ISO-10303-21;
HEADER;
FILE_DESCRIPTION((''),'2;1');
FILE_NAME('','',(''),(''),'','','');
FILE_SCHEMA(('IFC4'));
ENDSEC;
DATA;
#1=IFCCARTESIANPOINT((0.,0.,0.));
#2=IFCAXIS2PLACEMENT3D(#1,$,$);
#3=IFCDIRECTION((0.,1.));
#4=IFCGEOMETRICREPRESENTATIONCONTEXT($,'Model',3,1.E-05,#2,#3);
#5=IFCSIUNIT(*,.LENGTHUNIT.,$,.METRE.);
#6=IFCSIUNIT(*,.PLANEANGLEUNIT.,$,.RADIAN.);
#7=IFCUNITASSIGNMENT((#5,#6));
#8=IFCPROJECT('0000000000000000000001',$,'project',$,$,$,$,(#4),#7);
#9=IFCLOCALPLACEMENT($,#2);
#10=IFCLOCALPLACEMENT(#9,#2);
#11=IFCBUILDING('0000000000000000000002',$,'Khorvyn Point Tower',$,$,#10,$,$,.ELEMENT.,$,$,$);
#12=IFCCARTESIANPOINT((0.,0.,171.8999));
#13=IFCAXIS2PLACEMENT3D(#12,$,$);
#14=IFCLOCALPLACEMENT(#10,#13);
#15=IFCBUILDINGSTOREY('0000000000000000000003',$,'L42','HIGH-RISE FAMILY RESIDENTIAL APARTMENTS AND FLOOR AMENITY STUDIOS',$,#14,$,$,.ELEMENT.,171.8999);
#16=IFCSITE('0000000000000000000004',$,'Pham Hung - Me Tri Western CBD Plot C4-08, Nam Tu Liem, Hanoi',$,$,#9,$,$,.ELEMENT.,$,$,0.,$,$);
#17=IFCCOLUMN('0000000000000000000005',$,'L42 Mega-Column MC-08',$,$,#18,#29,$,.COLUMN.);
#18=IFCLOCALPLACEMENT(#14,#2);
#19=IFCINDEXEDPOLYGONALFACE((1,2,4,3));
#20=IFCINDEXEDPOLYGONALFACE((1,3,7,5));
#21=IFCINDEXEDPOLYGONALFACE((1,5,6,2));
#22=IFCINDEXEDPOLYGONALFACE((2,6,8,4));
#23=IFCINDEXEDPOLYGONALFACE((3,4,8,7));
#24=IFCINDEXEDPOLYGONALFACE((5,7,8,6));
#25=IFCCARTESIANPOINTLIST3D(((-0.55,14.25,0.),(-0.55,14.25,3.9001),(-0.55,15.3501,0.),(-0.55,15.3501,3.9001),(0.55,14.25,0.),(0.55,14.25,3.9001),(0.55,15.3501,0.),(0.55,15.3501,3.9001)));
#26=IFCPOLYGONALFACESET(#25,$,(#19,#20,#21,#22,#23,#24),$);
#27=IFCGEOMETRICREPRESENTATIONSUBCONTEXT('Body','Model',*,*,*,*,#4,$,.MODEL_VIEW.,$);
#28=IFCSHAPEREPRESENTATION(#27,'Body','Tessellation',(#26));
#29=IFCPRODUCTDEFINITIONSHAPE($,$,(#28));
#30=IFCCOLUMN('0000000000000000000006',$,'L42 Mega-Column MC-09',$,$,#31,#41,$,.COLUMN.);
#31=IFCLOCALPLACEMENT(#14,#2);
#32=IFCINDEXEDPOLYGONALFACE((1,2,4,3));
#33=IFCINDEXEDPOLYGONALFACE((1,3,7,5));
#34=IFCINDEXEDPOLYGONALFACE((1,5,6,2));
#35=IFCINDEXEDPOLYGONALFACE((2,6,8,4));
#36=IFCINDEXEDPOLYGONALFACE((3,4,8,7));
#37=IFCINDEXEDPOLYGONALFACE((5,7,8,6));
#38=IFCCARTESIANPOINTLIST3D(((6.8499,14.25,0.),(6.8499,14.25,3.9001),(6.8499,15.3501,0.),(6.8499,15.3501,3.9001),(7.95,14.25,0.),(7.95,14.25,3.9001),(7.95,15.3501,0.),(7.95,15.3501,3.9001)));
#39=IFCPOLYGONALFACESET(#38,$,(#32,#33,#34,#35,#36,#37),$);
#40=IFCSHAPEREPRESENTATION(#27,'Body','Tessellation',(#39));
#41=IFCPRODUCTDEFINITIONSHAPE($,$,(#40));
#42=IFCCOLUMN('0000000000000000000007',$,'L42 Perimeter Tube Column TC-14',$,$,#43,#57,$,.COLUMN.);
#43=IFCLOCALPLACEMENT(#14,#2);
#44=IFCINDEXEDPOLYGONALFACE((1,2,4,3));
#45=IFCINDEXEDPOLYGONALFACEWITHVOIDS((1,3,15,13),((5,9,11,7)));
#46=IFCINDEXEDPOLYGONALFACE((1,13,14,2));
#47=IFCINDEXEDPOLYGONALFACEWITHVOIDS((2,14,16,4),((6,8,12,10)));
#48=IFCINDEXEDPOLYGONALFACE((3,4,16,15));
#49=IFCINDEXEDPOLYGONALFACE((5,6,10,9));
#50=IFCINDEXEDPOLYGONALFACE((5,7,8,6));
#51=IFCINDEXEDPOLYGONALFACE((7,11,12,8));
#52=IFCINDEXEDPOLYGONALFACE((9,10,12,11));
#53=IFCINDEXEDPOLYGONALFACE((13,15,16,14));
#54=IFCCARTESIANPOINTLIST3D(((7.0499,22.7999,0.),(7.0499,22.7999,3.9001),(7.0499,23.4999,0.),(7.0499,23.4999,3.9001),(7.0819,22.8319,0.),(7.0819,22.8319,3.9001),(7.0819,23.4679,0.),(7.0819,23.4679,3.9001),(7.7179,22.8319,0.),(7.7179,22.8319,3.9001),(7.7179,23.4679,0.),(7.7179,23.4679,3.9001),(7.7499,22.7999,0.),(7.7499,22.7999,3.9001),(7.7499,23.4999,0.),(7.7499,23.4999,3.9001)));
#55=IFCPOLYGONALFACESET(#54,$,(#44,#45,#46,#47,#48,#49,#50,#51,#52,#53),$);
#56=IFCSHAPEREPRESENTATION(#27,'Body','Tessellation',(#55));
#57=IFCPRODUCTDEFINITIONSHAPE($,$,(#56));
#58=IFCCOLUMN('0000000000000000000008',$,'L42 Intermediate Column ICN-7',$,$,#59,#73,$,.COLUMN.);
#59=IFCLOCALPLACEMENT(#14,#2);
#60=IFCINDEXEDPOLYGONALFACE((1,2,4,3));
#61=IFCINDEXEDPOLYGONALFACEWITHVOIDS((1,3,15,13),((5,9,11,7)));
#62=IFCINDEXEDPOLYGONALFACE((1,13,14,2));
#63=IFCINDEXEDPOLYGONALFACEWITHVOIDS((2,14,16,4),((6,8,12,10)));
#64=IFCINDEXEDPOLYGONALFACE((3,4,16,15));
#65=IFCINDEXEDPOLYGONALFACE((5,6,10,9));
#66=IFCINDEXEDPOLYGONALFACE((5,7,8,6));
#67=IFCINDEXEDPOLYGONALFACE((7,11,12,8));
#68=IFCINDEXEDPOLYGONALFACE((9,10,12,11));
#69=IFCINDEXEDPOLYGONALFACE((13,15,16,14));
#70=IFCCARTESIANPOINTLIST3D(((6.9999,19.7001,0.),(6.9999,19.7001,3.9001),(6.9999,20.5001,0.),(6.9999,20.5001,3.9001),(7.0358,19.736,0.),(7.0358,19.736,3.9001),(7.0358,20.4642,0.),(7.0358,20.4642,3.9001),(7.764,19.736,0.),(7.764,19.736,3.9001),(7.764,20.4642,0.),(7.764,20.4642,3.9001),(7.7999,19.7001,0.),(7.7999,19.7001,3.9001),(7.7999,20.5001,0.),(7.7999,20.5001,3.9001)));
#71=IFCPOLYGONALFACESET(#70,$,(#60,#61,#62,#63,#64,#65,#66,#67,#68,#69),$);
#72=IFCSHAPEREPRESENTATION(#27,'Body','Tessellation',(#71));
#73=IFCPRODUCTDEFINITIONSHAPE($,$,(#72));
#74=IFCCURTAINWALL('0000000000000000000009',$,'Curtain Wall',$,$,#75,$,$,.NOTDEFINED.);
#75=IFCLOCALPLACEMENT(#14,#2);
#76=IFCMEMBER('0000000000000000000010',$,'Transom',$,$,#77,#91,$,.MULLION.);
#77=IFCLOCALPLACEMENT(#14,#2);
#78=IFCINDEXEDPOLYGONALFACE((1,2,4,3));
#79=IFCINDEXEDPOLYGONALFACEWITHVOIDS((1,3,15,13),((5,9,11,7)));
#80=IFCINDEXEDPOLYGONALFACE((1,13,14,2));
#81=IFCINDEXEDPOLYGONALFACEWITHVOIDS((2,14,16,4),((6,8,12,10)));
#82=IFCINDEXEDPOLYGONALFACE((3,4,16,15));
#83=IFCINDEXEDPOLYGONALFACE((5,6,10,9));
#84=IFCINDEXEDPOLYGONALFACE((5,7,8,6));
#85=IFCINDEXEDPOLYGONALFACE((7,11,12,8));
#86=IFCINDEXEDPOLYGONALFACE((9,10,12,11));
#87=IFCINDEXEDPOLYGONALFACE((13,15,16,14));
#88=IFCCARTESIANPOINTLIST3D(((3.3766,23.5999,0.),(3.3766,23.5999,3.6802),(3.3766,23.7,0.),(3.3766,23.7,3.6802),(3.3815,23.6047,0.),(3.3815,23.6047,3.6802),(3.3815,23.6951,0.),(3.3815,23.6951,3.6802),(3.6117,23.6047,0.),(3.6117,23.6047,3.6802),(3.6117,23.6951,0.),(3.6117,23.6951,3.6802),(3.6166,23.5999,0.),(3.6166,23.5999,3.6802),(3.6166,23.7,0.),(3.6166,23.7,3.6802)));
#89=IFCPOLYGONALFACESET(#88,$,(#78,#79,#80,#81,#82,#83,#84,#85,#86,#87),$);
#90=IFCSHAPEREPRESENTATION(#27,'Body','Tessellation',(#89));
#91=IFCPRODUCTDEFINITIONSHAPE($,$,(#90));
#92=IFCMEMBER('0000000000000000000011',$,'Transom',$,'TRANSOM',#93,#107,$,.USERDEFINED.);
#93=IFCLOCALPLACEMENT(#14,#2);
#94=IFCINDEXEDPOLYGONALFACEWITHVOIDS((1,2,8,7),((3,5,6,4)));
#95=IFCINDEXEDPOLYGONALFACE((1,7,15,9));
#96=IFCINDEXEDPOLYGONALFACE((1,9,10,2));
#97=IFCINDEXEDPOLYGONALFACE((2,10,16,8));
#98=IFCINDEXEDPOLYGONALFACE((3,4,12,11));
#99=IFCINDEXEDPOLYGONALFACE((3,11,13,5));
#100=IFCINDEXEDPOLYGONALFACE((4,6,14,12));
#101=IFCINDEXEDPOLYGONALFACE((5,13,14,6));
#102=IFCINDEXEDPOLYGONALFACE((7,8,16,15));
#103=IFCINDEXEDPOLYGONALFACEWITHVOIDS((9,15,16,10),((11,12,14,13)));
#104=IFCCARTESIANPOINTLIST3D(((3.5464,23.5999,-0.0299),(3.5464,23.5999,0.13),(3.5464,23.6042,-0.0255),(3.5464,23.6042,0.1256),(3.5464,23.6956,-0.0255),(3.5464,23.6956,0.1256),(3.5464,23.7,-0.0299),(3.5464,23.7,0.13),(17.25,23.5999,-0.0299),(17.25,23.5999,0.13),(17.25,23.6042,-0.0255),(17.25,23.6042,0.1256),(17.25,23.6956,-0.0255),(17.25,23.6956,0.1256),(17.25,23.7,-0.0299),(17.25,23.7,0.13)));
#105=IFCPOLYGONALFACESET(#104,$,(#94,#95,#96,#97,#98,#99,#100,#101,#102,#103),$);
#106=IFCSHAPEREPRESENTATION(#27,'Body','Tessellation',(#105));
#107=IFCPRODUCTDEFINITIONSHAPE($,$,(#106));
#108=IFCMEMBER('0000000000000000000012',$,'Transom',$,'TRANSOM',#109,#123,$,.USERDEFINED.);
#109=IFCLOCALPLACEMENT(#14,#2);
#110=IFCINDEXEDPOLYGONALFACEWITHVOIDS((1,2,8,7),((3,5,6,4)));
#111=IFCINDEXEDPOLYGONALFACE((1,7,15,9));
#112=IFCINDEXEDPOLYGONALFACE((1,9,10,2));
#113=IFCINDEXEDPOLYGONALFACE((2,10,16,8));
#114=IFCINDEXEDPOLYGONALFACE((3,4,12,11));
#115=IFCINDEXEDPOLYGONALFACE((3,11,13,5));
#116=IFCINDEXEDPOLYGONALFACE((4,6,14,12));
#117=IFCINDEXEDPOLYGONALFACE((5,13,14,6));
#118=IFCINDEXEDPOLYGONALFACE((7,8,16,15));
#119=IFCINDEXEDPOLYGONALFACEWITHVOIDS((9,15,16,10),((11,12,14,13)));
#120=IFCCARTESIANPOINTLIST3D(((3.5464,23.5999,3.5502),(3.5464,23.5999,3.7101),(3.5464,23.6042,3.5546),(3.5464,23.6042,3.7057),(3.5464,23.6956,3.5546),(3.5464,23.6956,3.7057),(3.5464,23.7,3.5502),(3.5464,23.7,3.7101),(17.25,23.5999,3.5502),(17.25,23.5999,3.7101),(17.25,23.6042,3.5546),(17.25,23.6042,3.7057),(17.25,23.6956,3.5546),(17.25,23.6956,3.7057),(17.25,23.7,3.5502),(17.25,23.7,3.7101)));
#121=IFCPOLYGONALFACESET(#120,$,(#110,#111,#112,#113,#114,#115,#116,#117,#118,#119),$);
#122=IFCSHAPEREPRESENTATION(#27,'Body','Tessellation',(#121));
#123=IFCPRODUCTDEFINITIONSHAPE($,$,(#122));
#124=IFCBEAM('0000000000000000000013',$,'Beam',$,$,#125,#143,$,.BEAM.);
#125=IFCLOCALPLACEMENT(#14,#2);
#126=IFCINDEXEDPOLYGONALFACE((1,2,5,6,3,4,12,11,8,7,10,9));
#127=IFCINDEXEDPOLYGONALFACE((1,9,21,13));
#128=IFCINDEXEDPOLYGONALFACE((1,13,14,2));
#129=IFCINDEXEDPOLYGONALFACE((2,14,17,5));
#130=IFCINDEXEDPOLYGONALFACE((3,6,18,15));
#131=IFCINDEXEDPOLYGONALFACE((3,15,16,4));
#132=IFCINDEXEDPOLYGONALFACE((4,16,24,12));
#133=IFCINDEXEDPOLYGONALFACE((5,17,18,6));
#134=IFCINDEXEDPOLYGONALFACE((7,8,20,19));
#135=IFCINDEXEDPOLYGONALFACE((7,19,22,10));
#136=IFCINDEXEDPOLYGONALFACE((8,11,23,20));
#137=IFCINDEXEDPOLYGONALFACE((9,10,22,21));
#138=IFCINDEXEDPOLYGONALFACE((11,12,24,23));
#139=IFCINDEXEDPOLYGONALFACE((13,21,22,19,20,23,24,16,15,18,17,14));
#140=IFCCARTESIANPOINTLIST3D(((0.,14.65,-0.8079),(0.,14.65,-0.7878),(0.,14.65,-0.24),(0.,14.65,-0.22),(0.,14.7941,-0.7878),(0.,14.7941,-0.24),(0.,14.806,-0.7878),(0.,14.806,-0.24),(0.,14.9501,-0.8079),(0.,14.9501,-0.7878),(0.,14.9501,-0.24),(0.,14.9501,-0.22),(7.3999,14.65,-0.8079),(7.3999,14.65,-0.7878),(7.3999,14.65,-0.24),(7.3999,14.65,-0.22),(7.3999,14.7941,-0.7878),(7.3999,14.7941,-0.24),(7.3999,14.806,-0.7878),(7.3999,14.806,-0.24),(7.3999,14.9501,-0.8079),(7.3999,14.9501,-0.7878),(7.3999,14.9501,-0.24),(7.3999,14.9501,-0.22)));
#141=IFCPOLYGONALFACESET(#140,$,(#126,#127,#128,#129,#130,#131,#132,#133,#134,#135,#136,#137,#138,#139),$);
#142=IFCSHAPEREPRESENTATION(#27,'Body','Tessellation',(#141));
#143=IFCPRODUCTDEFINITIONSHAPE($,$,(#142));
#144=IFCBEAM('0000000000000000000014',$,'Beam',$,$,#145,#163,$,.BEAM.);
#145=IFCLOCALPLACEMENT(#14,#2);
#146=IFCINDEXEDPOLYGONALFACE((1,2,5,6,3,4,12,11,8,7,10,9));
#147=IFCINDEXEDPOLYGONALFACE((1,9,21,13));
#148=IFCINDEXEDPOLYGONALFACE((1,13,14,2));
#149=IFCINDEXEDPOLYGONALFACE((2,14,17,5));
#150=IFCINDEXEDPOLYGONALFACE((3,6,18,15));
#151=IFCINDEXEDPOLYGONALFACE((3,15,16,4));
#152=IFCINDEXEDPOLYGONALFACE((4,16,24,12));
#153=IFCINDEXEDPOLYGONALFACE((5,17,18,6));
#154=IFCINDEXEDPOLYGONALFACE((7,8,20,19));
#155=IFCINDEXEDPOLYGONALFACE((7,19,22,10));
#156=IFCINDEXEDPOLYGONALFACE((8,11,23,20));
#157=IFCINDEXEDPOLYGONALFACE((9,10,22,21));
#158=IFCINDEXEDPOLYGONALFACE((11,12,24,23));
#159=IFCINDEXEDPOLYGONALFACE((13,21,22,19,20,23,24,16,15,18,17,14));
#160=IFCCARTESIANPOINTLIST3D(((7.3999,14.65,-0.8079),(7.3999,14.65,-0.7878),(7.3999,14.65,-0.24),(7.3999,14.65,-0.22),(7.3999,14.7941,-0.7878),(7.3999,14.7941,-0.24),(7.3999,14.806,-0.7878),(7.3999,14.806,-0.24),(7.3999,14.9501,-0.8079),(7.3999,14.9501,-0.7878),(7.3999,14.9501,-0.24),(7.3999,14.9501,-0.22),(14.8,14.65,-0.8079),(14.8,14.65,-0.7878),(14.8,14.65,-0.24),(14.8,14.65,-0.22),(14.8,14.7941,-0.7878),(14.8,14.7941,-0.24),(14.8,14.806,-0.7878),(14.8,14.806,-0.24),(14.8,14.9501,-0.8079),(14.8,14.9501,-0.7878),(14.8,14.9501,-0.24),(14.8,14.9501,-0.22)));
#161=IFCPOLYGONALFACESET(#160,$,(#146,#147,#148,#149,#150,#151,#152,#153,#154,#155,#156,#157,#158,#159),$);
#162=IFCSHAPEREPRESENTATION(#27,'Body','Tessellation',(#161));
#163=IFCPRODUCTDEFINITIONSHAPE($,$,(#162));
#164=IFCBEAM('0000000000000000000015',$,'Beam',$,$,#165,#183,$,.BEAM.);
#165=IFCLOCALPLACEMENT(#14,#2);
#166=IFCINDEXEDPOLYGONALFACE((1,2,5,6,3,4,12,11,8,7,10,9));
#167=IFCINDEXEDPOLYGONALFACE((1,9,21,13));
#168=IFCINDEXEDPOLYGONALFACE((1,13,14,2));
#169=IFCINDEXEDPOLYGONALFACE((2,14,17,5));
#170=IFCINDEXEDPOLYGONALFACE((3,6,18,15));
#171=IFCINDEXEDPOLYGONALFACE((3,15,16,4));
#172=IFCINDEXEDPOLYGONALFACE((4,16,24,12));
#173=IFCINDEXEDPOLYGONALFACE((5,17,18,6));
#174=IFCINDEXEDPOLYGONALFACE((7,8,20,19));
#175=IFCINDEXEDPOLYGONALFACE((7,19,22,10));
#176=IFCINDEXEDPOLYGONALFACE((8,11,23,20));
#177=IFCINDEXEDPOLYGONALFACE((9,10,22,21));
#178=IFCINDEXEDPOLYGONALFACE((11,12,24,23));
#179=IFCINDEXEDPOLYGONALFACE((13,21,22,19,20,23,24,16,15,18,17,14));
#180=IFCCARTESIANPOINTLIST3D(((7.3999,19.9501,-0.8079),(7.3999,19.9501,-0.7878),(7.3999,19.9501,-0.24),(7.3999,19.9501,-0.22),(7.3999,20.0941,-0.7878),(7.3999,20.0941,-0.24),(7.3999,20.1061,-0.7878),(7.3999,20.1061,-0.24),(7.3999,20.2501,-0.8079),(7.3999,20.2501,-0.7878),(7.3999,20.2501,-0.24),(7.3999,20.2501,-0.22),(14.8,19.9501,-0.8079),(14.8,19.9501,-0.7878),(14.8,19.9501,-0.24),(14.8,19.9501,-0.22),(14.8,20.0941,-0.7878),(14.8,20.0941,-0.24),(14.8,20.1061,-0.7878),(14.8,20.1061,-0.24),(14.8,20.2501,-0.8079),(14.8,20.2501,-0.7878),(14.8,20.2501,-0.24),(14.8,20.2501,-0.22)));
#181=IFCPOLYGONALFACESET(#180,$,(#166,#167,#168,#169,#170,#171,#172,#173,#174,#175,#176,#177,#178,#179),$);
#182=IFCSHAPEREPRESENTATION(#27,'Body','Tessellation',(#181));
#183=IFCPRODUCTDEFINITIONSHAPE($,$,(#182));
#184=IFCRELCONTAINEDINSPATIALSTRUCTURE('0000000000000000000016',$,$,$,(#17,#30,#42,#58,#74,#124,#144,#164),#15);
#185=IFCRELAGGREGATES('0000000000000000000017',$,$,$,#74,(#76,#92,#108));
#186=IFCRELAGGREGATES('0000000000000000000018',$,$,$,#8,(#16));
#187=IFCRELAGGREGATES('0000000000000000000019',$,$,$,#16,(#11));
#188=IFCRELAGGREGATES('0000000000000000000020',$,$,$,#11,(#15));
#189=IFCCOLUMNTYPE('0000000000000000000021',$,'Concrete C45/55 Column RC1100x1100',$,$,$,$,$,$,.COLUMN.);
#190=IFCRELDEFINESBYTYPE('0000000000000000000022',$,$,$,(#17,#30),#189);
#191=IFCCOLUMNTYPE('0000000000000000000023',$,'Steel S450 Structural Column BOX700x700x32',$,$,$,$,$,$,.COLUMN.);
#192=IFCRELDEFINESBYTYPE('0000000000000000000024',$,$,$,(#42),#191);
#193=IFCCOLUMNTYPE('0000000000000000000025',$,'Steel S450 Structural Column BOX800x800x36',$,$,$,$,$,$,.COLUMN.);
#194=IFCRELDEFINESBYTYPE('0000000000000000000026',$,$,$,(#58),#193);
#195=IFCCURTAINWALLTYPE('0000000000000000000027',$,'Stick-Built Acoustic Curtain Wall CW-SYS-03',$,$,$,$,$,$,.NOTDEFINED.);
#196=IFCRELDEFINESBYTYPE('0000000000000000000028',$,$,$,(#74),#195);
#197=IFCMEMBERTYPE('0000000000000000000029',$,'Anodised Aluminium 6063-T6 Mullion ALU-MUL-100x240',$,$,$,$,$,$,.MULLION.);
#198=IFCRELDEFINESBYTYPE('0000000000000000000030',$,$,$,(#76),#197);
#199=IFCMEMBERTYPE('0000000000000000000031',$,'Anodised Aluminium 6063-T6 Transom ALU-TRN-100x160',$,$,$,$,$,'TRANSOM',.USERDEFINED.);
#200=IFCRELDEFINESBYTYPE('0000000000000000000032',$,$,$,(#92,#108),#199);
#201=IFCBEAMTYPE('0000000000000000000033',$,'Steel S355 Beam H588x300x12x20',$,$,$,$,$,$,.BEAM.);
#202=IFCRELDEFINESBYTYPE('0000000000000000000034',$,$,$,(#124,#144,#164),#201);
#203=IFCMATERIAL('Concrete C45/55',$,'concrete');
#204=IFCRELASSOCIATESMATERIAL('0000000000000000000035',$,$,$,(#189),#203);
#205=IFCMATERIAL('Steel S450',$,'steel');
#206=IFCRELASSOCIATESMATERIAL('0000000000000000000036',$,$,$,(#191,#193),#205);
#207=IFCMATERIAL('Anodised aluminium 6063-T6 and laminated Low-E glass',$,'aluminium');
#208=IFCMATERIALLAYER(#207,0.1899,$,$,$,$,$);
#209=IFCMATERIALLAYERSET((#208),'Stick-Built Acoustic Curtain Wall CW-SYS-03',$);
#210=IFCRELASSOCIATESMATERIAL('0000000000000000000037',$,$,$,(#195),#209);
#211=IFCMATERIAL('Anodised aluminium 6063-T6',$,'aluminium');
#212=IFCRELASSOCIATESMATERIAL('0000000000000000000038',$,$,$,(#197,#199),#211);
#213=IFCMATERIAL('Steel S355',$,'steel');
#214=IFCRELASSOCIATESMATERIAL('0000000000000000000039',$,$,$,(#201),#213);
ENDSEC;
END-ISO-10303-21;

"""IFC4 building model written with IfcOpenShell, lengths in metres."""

from ifc_helpers import new_model, si_unit, direction, frame, origin, origin_2d, place, context, subcontext, project, spatial, rectangle, hollow_rectangle, i_section, extrude, material, layer, layer_set, material_profile, profile_set, type_object, element, aggregate, save


model = new_model("IFC4")

# Units and contexts
model_context = context("Model", 3, precision=1e-05, world=origin(), true_north=direction((0.0, 1.0)))
body_context = subcontext(model_context, "Body", "Model", "MODEL_VIEW")
ifc_project = project(units=[si_unit("LENGTHUNIT", "METRE"), si_unit("PLANEANGLEUNIT", "RADIAN")], contexts=[model_context])

# Site, building, storey
site_placement = place(None, origin())
site = spatial("IfcSite", under=ifc_project, at=site_placement, Name="Pham Hung - Me Tri Western CBD Plot C4-08, Nam Tu Liem, Hanoi", CompositionType="ELEMENT", RefElevation=0.0)
building_placement = place(site_placement, origin())
building = spatial("IfcBuilding", under=site, at=building_placement, Name="Khorvyn Point Tower", CompositionType="ELEMENT")
storey_placement = place(building_placement, frame((0.0, 0.0, 171.8999)))
storey = spatial("IfcBuildingStorey", under=building, at=storey_placement, Name="L42", Description="HIGH-RISE FAMILY RESIDENTIAL APARTMENTS AND FLOOR AMENITY STUDIOS", CompositionType="ELEMENT", Elevation=171.8999)

# Columns
ifc_material_1 = material(Name="Concrete C45/55", Category="concrete")
ifc_material_profile_1 = material_profile(ifc_material_1, rectangle(XDim=1.1001, YDim=1.1001, at=origin_2d()))
ifc_profile_set_1 = profile_set([ifc_material_profile_1], Name="Concrete C45/55 RC1100x1100")
column_type_1 = type_object("IfcColumnType", Name="Concrete C45/55 Column RC1100x1100", PredefinedType="COLUMN", material=ifc_profile_set_1)
for number, where, z_axis, x_axis, name in (
    (1, (0.0, 14.8, 0.0), (0.0, 0.0, 1.0), (1.0, 0.0, 0.0), "L42 Mega-Column MC-08"),
    (2, (7.3999, 14.8, 0.0), (0.0, 0.0, 1.0), (1.0, 0.0, 0.0), "L42 Mega-Column MC-09"),
):
    element("IfcColumn", number, at=place(storey_placement, frame(where, z_axis=z_axis, x_axis=x_axis)), inside=storey, type_object=column_type_1, Name=name, PredefinedType="COLUMN", context=body_context, shape_type="SweptSolid", body=[
        extrude(rectangle(XDim=1.1001, YDim=1.1001, at=origin_2d()), origin(), (0.0, 0.0, 1.0), 3.9001),
    ])
ifc_material_2 = material(Name="Steel S450", Category="steel")
ifc_material_profile_2 = material_profile(ifc_material_2, hollow_rectangle(XDim=0.7, YDim=0.7, WallThickness=0.032, at=origin_2d()))
ifc_profile_set_2 = profile_set([ifc_material_profile_2], Name="Steel S450 BOX700x700x32")
column_type_2 = type_object("IfcColumnType", Name="Steel S450 Structural Column BOX700x700x32", PredefinedType="COLUMN", material=ifc_profile_set_2)
column_1_placement = place(storey_placement, frame((7.3999, 23.1499, 0.0), z_axis=(0.0, 0.0, 1.0), x_axis=(1.0, 0.0, 0.0)))
element("IfcColumn", 3, at=column_1_placement, inside=storey, type_object=column_type_2, Name="L42 Perimeter Tube Column TC-14", PredefinedType="COLUMN", context=body_context, shape_type="SweptSolid", body=[
    extrude(hollow_rectangle(XDim=0.7, YDim=0.7, WallThickness=0.032, at=origin_2d()), origin(), (0.0, 0.0, 1.0), 3.9001),
])
ifc_material_profile_3 = material_profile(ifc_material_2, hollow_rectangle(XDim=0.8, YDim=0.8, WallThickness=0.0359, at=origin_2d()))
ifc_profile_set_3 = profile_set([ifc_material_profile_3], Name="Steel S450 BOX800x800x36")
column_type_3 = type_object("IfcColumnType", Name="Steel S450 Structural Column BOX800x800x36", PredefinedType="COLUMN", material=ifc_profile_set_3)
column_2_placement = place(storey_placement, frame((7.3999, 20.1001, 0.0), z_axis=(0.0, 0.0, 1.0), x_axis=(1.0, 0.0, 0.0)))
element("IfcColumn", 4, at=column_2_placement, inside=storey, type_object=column_type_3, Name="L42 Intermediate Column ICN-7", PredefinedType="COLUMN", context=body_context, shape_type="SweptSolid", body=[
    extrude(hollow_rectangle(XDim=0.8, YDim=0.8, WallThickness=0.0359, at=origin_2d()), origin(), (0.0, 0.0, 1.0), 3.9001),
])

# Curtain wall, members
ifc_material_3 = material(Name="Anodised aluminium 6063-T6 and laminated Low-E glass", Category="aluminium")
ifc_layer_1 = layer(ifc_material_3, 0.1899)
ifc_layer_set_1 = layer_set([ifc_layer_1], Name="Stick-Built Acoustic Curtain Wall CW-SYS-03")
curtain_wall_type = type_object("IfcCurtainWallType", Name="Stick-Built Acoustic Curtain Wall CW-SYS-03", PredefinedType="NOTDEFINED", material=ifc_layer_set_1)
curtain_wall_placement = place(storey_placement, origin())
curtain_wall = element("IfcCurtainWall", 5, at=curtain_wall_placement, inside=storey, type_object=curtain_wall_type, Name="Curtain Wall", PredefinedType="NOTDEFINED")
ifc_material_4 = material(Name="Anodised aluminium 6063-T6", Category="aluminium")
ifc_material_profile_4 = material_profile(ifc_material_4, hollow_rectangle(XDim=0.1001, YDim=0.24, WallThickness=0.0049, at=origin_2d()))
ifc_profile_set_4 = profile_set([ifc_material_profile_4], Name="Anodised aluminium 6063-T6 ALU-MUL-100x240")
member_type_1 = type_object("IfcMemberType", Name="Anodised Aluminium 6063-T6 Mullion ALU-MUL-100x240", PredefinedType="MULLION", material=ifc_profile_set_4)
member_1_placement = place(storey_placement, frame((3.4966, 23.6499, 0.0), z_axis=(0.0, 0.0, 1.0), x_axis=(0.0, 1.0, 0.0)))
member_1 = element("IfcMember", 6, at=member_1_placement, type_object=member_type_1, Name="Transom", PredefinedType="MULLION", context=body_context, shape_type="SweptSolid", body=[
    extrude(hollow_rectangle(XDim=0.1001, YDim=0.24, WallThickness=0.0049, at=origin_2d()), origin(), (0.0, 0.0, 1.0), 3.6802),
])
ifc_material_profile_5 = material_profile(ifc_material_4, hollow_rectangle(XDim=0.1001, YDim=0.1599, WallThickness=0.0044, at=origin_2d()))
ifc_profile_set_5 = profile_set([ifc_material_profile_5], Name="Anodised aluminium 6063-T6 ALU-TRN-100x160")
member_type_2 = type_object("IfcMemberType", Name="Anodised Aluminium 6063-T6 Transom ALU-TRN-100x160", ElementType="TRANSOM", PredefinedType="USERDEFINED", material=ifc_profile_set_5)
member_2_placement = place(storey_placement, frame((3.5464, 23.6499, 0.05), z_axis=(1.0, 0.0, 0.0), x_axis=(0.0, 1.0, 0.0)))
member_2 = element("IfcMember", 7, at=member_2_placement, type_object=member_type_2, Name="Transom", ObjectType="TRANSOM", PredefinedType="USERDEFINED", context=body_context, shape_type="SweptSolid", body=[
    extrude(hollow_rectangle(XDim=0.1001, YDim=0.1599, WallThickness=0.0044, at=origin_2d()), origin(), (0.0, 0.0, 1.0), 13.7036),
])
member_3_placement = place(storey_placement, frame((3.5464, 23.6499, 3.6301), z_axis=(1.0, 0.0, 0.0), x_axis=(0.0, 1.0, 0.0)))
member_3 = element("IfcMember", 8, at=member_3_placement, type_object=member_type_2, Name="Transom", ObjectType="TRANSOM", PredefinedType="USERDEFINED", context=body_context, shape_type="SweptSolid", body=[
    extrude(hollow_rectangle(XDim=0.1001, YDim=0.1599, WallThickness=0.0044, at=origin_2d()), origin(), (0.0, 0.0, 1.0), 13.7036),
])

# Beams
ifc_material_5 = material(Name="Steel S355", Category="steel")
ifc_material_profile_6 = material_profile(ifc_material_5, i_section(OverallWidth=0.3, OverallDepth=0.5879, WebThickness=0.012, FlangeThickness=0.02, at=origin_2d()))
ifc_profile_set_6 = profile_set([ifc_material_profile_6], Name="Steel S355 H588x300x12x20")
beam_type_1 = type_object("IfcBeamType", Name="Steel S355 Beam H588x300x12x20", PredefinedType="BEAM", material=ifc_profile_set_6)
beam_1_placement = place(storey_placement, frame((0.0, 14.8, -0.5139), z_axis=(1.0, 0.0, 0.0), x_axis=(0.0, 1.0, 0.0)))
element("IfcBeam", 9, at=beam_1_placement, inside=storey, type_object=beam_type_1, Name="Beam", PredefinedType="BEAM", context=body_context, shape_type="SweptSolid", body=[
    extrude(i_section(OverallWidth=0.3, OverallDepth=0.5879, WebThickness=0.012, FlangeThickness=0.02, at=origin_2d()), origin(), (0.0, 0.0, 1.0), 7.3999),
])
for number, where, z_axis, x_axis, name in (
    (10, (7.3999, 14.8, -0.5139), (1.0, 0.0, 0.0), (0.0, 1.0, 0.0), "Beam"),
    (11, (7.3999, 20.1001, -0.5139), (1.0, 0.0, 0.0), (0.0, 1.0, 0.0), "Beam"),
):
    element("IfcBeam", number, at=place(storey_placement, frame(where, z_axis=z_axis, x_axis=x_axis)), inside=storey, type_object=beam_type_1, Name=name, PredefinedType="BEAM", context=body_context, shape_type="SweptSolid", body=[
        extrude(i_section(OverallWidth=0.3, OverallDepth=0.5879, WebThickness=0.012, FlangeThickness=0.02, at=origin_2d()), origin(), (0.0, 0.0, 1.0), 7.4001),
    ])

aggregate(curtain_wall, [member_1, member_2, member_3])

save(model, "model.ifc")
